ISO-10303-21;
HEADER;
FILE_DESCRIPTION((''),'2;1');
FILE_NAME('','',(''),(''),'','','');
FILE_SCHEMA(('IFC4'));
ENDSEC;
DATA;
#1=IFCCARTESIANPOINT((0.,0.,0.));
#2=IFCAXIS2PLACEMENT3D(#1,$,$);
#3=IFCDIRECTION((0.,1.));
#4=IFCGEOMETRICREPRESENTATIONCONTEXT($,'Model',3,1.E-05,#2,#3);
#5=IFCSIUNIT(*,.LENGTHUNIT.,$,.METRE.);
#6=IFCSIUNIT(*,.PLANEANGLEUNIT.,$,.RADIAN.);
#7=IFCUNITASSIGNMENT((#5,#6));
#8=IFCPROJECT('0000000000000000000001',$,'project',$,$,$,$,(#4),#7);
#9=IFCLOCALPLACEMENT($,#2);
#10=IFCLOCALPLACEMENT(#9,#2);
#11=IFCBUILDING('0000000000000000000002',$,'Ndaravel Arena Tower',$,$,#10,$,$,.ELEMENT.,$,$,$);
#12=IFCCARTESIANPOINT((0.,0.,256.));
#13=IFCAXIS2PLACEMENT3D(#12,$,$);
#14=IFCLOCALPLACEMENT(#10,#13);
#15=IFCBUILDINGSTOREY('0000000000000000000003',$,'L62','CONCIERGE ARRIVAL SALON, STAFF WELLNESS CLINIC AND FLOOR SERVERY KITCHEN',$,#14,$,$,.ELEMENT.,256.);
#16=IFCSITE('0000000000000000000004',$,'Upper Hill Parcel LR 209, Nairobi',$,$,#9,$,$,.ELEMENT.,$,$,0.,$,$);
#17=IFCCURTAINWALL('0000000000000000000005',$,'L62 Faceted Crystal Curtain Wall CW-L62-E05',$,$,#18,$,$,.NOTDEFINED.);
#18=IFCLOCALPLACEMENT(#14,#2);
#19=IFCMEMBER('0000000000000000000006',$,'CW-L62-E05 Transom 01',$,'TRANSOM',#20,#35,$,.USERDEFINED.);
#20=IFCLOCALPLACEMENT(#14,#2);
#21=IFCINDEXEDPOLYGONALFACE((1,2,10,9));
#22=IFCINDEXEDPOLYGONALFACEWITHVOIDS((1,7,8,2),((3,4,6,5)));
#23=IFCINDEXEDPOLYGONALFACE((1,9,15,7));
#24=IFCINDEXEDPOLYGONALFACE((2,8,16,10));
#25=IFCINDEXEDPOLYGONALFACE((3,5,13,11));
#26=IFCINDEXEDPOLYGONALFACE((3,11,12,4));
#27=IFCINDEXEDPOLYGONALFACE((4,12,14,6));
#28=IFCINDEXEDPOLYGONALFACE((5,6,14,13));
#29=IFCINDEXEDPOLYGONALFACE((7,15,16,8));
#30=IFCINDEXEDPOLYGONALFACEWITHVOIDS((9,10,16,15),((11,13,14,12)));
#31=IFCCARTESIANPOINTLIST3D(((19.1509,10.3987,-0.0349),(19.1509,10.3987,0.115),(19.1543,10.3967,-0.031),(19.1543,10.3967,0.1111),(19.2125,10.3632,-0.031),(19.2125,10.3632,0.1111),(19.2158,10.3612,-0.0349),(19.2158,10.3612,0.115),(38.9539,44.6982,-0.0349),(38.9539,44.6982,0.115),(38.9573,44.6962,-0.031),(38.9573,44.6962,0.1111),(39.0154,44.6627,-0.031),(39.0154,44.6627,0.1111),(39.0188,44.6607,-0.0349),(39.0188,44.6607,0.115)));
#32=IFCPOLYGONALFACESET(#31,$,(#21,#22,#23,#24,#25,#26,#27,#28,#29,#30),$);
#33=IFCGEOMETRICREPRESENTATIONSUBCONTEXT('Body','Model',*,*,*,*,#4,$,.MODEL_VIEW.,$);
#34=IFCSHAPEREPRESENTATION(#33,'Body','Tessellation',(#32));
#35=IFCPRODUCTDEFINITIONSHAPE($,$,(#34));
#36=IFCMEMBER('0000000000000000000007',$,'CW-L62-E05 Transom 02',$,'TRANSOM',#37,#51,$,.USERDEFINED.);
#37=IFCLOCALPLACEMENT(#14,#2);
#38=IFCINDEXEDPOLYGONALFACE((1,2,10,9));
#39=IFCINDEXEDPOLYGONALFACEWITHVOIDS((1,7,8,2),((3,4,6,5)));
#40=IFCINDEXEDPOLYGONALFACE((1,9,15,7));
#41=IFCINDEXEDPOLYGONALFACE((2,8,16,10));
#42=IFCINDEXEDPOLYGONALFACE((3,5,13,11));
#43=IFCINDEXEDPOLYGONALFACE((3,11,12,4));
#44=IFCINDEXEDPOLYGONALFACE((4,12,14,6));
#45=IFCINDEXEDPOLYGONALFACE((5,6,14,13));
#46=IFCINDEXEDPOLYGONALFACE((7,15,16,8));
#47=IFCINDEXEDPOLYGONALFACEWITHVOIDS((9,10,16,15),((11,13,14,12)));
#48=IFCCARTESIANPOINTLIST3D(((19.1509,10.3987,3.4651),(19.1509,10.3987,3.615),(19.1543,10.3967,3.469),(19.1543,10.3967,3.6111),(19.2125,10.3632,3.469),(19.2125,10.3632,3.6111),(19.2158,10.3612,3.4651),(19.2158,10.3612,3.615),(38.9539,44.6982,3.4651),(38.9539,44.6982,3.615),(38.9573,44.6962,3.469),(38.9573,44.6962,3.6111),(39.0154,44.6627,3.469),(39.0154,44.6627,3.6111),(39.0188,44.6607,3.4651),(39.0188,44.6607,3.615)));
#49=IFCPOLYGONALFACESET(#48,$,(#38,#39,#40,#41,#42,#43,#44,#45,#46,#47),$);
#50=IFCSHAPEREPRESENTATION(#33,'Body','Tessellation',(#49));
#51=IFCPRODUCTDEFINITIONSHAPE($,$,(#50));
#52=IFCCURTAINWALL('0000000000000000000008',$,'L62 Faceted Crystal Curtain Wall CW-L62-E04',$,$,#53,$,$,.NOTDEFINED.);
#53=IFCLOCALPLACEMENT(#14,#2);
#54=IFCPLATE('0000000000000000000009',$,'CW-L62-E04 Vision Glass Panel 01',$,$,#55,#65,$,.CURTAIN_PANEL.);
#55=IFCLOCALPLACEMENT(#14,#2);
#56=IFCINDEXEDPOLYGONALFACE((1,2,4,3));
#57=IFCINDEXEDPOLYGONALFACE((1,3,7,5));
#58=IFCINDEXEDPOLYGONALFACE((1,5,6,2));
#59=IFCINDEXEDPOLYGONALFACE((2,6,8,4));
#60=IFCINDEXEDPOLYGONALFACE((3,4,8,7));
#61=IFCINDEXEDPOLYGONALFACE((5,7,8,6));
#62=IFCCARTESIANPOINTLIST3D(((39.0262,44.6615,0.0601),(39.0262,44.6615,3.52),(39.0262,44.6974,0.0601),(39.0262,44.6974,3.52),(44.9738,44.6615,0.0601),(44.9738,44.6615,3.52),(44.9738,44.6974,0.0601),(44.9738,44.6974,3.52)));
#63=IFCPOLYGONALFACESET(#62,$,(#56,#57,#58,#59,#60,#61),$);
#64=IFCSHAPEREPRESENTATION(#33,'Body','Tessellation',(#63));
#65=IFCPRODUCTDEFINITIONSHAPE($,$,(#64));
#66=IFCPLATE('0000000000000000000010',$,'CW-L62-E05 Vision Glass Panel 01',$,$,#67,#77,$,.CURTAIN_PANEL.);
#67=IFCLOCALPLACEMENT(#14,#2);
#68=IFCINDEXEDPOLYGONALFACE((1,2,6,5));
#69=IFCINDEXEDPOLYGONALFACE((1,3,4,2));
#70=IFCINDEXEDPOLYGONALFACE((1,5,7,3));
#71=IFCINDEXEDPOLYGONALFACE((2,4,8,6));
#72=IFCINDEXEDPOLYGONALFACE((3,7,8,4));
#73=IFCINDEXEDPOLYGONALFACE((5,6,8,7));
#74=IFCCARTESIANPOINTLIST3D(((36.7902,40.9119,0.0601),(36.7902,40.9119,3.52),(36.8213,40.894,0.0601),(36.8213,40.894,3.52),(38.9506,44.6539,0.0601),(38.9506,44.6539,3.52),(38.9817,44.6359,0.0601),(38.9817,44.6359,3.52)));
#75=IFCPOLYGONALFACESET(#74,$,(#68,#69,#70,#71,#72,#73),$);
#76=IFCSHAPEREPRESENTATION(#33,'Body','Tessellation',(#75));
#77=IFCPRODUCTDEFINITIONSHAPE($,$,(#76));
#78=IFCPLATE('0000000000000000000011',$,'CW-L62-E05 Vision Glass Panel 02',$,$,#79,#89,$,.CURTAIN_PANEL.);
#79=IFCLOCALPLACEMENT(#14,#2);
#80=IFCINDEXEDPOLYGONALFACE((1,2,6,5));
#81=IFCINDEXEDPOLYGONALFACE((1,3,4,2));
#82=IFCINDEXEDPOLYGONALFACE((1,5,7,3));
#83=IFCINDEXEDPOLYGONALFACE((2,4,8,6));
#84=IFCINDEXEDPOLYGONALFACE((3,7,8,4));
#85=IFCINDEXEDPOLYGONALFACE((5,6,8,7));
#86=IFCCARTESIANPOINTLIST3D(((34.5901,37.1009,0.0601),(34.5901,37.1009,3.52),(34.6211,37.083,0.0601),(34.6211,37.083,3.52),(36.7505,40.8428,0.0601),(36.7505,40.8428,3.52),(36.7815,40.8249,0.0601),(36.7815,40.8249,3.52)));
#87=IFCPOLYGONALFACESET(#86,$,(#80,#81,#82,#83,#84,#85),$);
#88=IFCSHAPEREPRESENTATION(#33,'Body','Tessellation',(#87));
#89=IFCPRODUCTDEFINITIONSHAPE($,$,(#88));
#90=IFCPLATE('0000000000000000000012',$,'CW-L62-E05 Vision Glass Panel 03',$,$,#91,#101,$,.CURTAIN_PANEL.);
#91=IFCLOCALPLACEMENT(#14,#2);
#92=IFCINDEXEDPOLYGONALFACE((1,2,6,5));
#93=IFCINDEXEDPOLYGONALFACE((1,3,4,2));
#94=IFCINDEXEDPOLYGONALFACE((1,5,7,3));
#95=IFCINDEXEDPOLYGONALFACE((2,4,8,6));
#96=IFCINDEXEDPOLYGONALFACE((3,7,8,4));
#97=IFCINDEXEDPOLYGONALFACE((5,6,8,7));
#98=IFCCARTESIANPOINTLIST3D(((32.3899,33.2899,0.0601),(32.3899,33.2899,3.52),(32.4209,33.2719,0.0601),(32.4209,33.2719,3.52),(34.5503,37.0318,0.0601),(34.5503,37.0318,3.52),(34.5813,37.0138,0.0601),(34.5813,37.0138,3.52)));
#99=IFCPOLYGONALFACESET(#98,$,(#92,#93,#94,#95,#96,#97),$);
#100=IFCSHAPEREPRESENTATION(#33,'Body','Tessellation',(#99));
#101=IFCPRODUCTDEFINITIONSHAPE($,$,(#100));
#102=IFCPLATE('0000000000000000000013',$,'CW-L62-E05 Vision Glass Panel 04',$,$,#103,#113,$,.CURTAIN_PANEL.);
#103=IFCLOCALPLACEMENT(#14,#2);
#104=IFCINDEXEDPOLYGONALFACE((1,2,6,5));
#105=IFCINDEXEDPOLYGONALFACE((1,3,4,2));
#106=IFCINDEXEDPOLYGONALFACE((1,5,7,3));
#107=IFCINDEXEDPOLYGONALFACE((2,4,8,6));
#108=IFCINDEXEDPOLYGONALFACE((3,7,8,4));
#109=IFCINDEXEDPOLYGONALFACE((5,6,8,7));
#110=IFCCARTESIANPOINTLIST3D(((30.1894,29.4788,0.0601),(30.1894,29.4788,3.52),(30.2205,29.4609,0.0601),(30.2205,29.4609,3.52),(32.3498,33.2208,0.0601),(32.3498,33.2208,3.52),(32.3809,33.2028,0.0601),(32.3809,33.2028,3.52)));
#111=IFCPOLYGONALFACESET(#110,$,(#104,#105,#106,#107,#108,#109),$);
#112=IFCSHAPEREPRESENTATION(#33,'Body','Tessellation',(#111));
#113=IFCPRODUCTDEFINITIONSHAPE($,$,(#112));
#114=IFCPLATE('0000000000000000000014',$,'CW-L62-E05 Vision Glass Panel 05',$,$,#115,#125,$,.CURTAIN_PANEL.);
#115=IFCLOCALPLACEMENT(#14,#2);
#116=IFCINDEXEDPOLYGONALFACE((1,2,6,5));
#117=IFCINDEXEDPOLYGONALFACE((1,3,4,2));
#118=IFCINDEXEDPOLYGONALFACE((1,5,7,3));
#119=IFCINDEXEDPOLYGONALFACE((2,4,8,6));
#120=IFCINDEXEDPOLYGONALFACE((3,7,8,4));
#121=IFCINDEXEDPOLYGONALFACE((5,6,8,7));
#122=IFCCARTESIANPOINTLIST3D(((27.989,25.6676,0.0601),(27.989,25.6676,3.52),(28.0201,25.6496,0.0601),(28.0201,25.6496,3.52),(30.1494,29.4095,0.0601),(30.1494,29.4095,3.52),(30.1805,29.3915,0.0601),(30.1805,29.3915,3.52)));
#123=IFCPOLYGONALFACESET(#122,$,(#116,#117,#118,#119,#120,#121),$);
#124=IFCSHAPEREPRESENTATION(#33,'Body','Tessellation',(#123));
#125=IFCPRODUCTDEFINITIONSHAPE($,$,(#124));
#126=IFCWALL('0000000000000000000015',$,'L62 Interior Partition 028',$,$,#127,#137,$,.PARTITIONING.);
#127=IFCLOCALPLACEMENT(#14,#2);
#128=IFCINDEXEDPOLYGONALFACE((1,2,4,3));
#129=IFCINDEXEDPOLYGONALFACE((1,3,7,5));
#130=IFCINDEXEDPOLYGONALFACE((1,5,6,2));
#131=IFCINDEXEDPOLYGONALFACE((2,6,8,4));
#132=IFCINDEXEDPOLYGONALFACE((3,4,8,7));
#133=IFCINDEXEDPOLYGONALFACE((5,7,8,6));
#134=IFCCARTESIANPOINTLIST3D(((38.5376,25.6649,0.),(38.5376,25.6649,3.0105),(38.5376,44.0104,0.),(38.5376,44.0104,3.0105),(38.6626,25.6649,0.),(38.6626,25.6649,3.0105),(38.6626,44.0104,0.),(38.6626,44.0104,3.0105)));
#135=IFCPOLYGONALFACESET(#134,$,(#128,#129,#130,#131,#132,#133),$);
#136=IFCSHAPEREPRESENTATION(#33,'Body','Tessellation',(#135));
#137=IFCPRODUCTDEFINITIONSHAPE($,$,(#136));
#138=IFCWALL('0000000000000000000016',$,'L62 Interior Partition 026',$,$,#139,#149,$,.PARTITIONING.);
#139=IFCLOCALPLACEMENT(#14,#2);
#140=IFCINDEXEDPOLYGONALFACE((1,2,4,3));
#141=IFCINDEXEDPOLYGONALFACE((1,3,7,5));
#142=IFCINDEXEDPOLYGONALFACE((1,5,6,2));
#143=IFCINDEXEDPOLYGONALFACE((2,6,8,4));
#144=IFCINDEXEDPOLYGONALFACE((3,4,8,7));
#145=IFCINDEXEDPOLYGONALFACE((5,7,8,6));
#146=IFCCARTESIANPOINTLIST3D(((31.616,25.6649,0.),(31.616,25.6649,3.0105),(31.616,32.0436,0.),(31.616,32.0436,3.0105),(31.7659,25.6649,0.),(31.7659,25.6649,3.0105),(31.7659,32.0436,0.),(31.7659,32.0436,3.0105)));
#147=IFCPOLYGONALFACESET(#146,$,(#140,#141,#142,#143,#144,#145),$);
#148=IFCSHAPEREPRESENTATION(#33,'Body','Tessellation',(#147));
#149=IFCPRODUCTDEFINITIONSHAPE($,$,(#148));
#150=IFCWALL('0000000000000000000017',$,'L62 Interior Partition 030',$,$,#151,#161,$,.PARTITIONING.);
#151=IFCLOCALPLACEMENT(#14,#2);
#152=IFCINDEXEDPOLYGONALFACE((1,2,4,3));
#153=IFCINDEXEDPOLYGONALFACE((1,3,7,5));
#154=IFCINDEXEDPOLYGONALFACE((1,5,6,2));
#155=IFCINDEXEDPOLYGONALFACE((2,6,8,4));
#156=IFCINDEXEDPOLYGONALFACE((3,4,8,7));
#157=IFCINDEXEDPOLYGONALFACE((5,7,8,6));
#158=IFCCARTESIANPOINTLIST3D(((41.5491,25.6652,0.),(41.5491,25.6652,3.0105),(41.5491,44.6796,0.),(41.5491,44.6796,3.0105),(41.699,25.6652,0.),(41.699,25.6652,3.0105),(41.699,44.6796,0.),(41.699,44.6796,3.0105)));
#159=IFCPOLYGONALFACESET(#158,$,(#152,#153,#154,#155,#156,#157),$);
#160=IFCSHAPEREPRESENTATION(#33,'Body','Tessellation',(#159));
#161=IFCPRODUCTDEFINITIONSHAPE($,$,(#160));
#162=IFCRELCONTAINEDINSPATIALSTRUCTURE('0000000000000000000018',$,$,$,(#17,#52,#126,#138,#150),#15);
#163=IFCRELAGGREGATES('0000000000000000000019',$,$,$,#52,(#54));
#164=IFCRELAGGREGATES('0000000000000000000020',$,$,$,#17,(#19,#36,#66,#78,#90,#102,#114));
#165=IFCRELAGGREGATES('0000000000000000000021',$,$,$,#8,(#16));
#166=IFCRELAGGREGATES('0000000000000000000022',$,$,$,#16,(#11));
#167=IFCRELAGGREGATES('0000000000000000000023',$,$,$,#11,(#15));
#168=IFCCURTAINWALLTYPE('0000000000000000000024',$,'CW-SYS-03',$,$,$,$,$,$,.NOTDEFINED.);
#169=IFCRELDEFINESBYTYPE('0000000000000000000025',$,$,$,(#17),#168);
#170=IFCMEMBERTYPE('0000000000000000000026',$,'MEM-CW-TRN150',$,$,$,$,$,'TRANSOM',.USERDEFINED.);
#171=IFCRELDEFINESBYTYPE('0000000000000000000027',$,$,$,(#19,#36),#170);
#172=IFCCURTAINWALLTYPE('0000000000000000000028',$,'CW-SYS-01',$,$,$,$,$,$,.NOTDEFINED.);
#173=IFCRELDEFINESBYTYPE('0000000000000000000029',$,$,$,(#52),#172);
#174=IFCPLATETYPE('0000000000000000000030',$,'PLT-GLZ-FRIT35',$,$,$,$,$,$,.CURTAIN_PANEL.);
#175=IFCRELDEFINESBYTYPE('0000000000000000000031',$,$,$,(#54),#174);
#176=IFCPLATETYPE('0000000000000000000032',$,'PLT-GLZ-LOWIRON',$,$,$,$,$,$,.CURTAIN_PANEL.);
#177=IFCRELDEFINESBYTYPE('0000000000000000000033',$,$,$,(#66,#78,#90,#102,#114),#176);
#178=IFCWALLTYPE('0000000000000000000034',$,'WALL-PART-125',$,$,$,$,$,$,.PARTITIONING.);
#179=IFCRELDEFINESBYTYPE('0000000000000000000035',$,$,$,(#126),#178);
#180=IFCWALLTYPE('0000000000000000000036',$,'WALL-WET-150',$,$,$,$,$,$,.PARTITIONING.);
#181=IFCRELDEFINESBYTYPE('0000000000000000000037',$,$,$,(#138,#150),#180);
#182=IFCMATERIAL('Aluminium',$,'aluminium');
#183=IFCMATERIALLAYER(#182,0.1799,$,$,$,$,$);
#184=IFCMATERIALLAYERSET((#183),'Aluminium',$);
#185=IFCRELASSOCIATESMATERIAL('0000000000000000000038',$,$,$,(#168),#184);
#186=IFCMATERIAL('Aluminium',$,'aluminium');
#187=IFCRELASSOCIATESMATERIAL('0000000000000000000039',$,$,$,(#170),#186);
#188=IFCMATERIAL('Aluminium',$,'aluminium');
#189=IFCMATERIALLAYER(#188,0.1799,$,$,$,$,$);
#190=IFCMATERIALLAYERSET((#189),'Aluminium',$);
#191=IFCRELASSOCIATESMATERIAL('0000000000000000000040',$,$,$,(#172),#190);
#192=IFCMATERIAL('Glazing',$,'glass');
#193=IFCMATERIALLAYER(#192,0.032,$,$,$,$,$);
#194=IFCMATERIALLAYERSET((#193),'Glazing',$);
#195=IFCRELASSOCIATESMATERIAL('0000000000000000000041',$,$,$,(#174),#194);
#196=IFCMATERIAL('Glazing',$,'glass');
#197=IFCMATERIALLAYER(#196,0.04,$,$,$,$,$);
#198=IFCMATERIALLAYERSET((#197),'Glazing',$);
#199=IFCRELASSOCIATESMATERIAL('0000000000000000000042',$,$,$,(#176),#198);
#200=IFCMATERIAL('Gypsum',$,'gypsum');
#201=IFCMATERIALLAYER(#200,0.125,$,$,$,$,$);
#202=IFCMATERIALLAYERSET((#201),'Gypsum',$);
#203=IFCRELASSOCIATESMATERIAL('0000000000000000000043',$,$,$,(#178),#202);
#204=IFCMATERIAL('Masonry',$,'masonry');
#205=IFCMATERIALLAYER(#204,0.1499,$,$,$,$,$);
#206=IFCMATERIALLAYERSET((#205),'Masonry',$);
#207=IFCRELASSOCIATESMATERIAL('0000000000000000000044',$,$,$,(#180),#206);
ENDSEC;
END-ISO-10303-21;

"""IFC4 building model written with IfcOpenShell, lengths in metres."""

from ifc_helpers import new_model, si_unit, direction, frame, frame_2d, origin, origin_2d, place, context, subcontext, project, spatial, rectangle, hollow_rectangle, extrude, material, layer, layer_set, material_profile, profile_set, type_object, element, aggregate, save


model = new_model("IFC4")

# Units and contexts
model_context = context("Model", 3, precision=1e-05, world=origin(), true_north=direction((0.0, 1.0)))
body_context = subcontext(model_context, "Body", "Model", "MODEL_VIEW")
ifc_project = project(units=[si_unit("LENGTHUNIT", "METRE"), si_unit("PLANEANGLEUNIT", "RADIAN")], contexts=[model_context])

# Site, building, storey
site_placement = place(None, origin())
site = spatial("IfcSite", under=ifc_project, at=site_placement, Name="Upper Hill Parcel LR 209, Nairobi", CompositionType="ELEMENT", RefElevation=0.0)
building_placement = place(site_placement, origin())
building = spatial("IfcBuilding", under=site, at=building_placement, Name="Ndaravel Arena Tower", CompositionType="ELEMENT")
storey_placement = place(building_placement, frame((0.0, 0.0, 256.0)))
storey = spatial("IfcBuildingStorey", under=building, at=storey_placement, Name="L62", Description="CONCIERGE ARRIVAL SALON, STAFF WELLNESS CLINIC AND FLOOR SERVERY KITCHEN", CompositionType="ELEMENT", Elevation=256.0)

# Curtain wall, members
ifc_material_1 = material(Name="Aluminium", Category="aluminium")
ifc_layer_1 = layer(ifc_material_1, 0.1799)
ifc_layer_set_1 = layer_set([ifc_layer_1], Name="Aluminium")
curtain_wall_type_1 = type_object("IfcCurtainWallType", Name="CW-SYS-03", PredefinedType="NOTDEFINED", material=ifc_layer_set_1)
curtain_wall_1_placement = place(storey_placement, origin())
curtain_wall_1 = element("IfcCurtainWall", 1, at=curtain_wall_1_placement, inside=storey, type_object=curtain_wall_type_1, Name="L62 Faceted Crystal Curtain Wall CW-L62-E05", PredefinedType="NOTDEFINED")
ifc_material_2 = material(Name="Aluminium", Category="aluminium")
ifc_material_profile_1 = material_profile(ifc_material_2, hollow_rectangle(XDim=0.075, YDim=0.1499, WallThickness=0.0039, at=origin_2d()), Name="CW TRANSOM 75x150x4")
ifc_profile_set_1 = profile_set([ifc_material_profile_1], Name="Aluminium")
member_type_1 = type_object("IfcMemberType", Name="MEM-CW-TRN150", ElementType="TRANSOM", PredefinedType="USERDEFINED", material=ifc_profile_set_1)
member_1_placement = place(storey_placement, frame((38.9863, 44.6794, 0.04), z_axis=(-0.500002, -0.866024, 0.0), x_axis=(0.866024, -0.500002, 0.0)))
member_1 = element("IfcMember", 2, at=member_1_placement, type_object=member_type_1, Name="CW-L62-E05 Transom 01", ObjectType="TRANSOM", PredefinedType="USERDEFINED", context=body_context, shape_type="SweptSolid", body=[
    extrude(hollow_rectangle(XDim=0.075, YDim=0.1499, WallThickness=0.0039, at=origin_2d()), origin(), (0.0, 0.0, 1.0), 39.6057),
])
member_2_placement = place(storey_placement, frame((38.9863, 44.6794, 3.54), z_axis=(-0.500002, -0.866024, 0.0), x_axis=(0.866024, -0.500002, 0.0)))
member_2 = element("IfcMember", 3, at=member_2_placement, type_object=member_type_1, Name="CW-L62-E05 Transom 02", ObjectType="TRANSOM", PredefinedType="USERDEFINED", context=body_context, shape_type="SweptSolid", body=[
    extrude(hollow_rectangle(XDim=0.075, YDim=0.1499, WallThickness=0.0039, at=origin_2d()), origin(), (0.0, 0.0, 1.0), 39.6057),
])

# Curtain wall, plate
ifc_material_3 = material(Name="Aluminium", Category="aluminium")
ifc_layer_2 = layer(ifc_material_3, 0.1799)
ifc_layer_set_2 = layer_set([ifc_layer_2], Name="Aluminium")
curtain_wall_type_2 = type_object("IfcCurtainWallType", Name="CW-SYS-01", PredefinedType="NOTDEFINED", material=ifc_layer_set_2)
curtain_wall_2_placement = place(storey_placement, origin())
curtain_wall_2 = element("IfcCurtainWall", 4, at=curtain_wall_2_placement, inside=storey, type_object=curtain_wall_type_2, Name="L62 Faceted Crystal Curtain Wall CW-L62-E04", PredefinedType="NOTDEFINED")
ifc_material_4 = material(Name="Glazing", Category="glass")
ifc_layer_3 = layer(ifc_material_4, 0.032)
ifc_layer_set_3 = layer_set([ifc_layer_3], Name="Glazing")
plate_type_1 = type_object("IfcPlateType", Name="PLT-GLZ-FRIT35", PredefinedType="CURTAIN_PANEL", material=ifc_layer_set_3)
plate_1_placement = place(storey_placement, frame((42.0, 44.6794, 0.0601), z_axis=(0.0, 0.0, 1.0), x_axis=(-1.0, 0.0, 0.0)))
plate_1 = element("IfcPlate", 5, at=plate_1_placement, type_object=plate_type_1, Name="CW-L62-E04 Vision Glass Panel 01", PredefinedType="CURTAIN_PANEL", context=body_context, shape_type="SweptSolid", body=[
    extrude(rectangle(XDim=5.9475, YDim=0.0359, at=origin_2d()), origin(), (0.0, 0.0, 1.0), 3.46),
])
aggregate(curtain_wall_2, [plate_1])

# Plates
ifc_material_5 = material(Name="Glazing", Category="glass")
ifc_layer_4 = layer(ifc_material_5, 0.04)
ifc_layer_set_4 = layer_set([ifc_layer_4], Name="Glazing")
plate_type_2 = type_object("IfcPlateType", Name="PLT-GLZ-LOWIRON", PredefinedType="CURTAIN_PANEL", material=ifc_layer_set_4)
plate_2_placement = place(storey_placement, frame((37.886, 42.7739, 0.0601), z_axis=(0.0, 0.0, 1.0), x_axis=(-0.5, -0.866025, 0.0)))
plate_2 = element("IfcPlate", 6, at=plate_2_placement, type_object=plate_type_2, Name="CW-L62-E05 Vision Glass Panel 01", PredefinedType="CURTAIN_PANEL", context=body_context, shape_type="SweptSolid", body=[
    extrude(rectangle(XDim=4.3208, YDim=0.0359, at=origin_2d()), origin(), (0.0, 0.0, 1.0), 3.46),
])
plate_3_placement = place(storey_placement, frame((35.6858, 38.9629, 0.0601), z_axis=(0.0, 0.0, 1.0), x_axis=(-0.5, -0.866025, 0.0)))
plate_3 = element("IfcPlate", 7, at=plate_3_placement, type_object=plate_type_2, Name="CW-L62-E05 Vision Glass Panel 02", PredefinedType="CURTAIN_PANEL", context=body_context, shape_type="SweptSolid", body=[
    extrude(rectangle(XDim=4.3208, YDim=0.0359, at=origin_2d()), origin(), (0.0, 0.0, 1.0), 3.46),
])
plate_4_placement = place(storey_placement, frame((33.4856, 35.1519, 0.0601), z_axis=(0.0, 0.0, 1.0), x_axis=(-0.5, -0.866025, 0.0)))
plate_4 = element("IfcPlate", 8, at=plate_4_placement, type_object=plate_type_2, Name="CW-L62-E05 Vision Glass Panel 03", PredefinedType="CURTAIN_PANEL", context=body_context, shape_type="SweptSolid", body=[
    extrude(rectangle(XDim=4.3208, YDim=0.0359, at=origin_2d()), origin(), (0.0, 0.0, 1.0), 3.46),
])
plate_5_placement = place(storey_placement, frame((31.2852, 31.3408, 0.0601), z_axis=(0.0, 0.0, 1.0), x_axis=(-0.5, -0.866025, 0.0)))
plate_5 = element("IfcPlate", 9, at=plate_5_placement, type_object=plate_type_2, Name="CW-L62-E05 Vision Glass Panel 04", PredefinedType="CURTAIN_PANEL", context=body_context, shape_type="SweptSolid", body=[
    extrude(rectangle(XDim=4.3208, YDim=0.0359, at=origin_2d()), origin(), (0.0, 0.0, 1.0), 3.46),
])
plate_6_placement = place(storey_placement, frame((29.0847, 27.5295, 0.0601), z_axis=(0.0, 0.0, 1.0), x_axis=(-0.5, -0.866025, 0.0)))
plate_6 = element("IfcPlate", 10, at=plate_6_placement, type_object=plate_type_2, Name="CW-L62-E05 Vision Glass Panel 05", PredefinedType="CURTAIN_PANEL", context=body_context, shape_type="SweptSolid", body=[
    extrude(rectangle(XDim=4.3208, YDim=0.0359, at=origin_2d()), origin(), (0.0, 0.0, 1.0), 3.46),
])
aggregate(curtain_wall_1, [member_1, member_2, plate_2, plate_3, plate_4, plate_5, plate_6])

# Walls
ifc_material_6 = material(Name="Gypsum", Category="gypsum")
ifc_layer_5 = layer(ifc_material_6, 0.125)
ifc_layer_set_5 = layer_set([ifc_layer_5], Name="Gypsum")
wall_type_1 = type_object("IfcWallType", Name="WALL-PART-125", PredefinedType="PARTITIONING", material=ifc_layer_set_5)
wall_1_placement = place(storey_placement, frame((38.6001, 44.0105, 0.0), z_axis=(0.0, 0.0, 1.0), x_axis=(0.0, -1.0, 0.0)))
element("IfcWall", 11, at=wall_1_placement, inside=storey, type_object=wall_type_1, Name="L62 Interior Partition 028", PredefinedType="PARTITIONING", context=body_context, shape_type="SweptSolid", body=[
    extrude(rectangle(XDim=18.3455, YDim=0.125, at=frame_2d((9.1729, 0.0))), origin(), (0.0, 0.0, 1.0), 3.0105),
])
ifc_material_7 = material(Name="Masonry", Category="masonry")
ifc_layer_6 = layer(ifc_material_7, 0.1499)
ifc_layer_set_6 = layer_set([ifc_layer_6], Name="Masonry")
wall_type_2 = type_object("IfcWallType", Name="WALL-WET-150", PredefinedType="PARTITIONING", material=ifc_layer_set_6)
wall_2_placement = place(storey_placement, frame((31.6909, 32.0437, 0.0), z_axis=(0.0, 0.0, 1.0), x_axis=(0.0, -1.0, 0.0)))
element("IfcWall", 12, at=wall_2_placement, inside=storey, type_object=wall_type_2, Name="L62 Interior Partition 026", PredefinedType="PARTITIONING", context=body_context, shape_type="SweptSolid", body=[
    extrude(rectangle(XDim=6.3787, YDim=0.1499, at=frame_2d((3.1895, 0.0))), origin(), (0.0, 0.0, 1.0), 3.0105),
])
wall_3_placement = place(storey_placement, frame((41.624, 25.665, 0.0), z_axis=(0.0, 0.0, 1.0), x_axis=(0.0, 1.0, 0.0)))
element("IfcWall", 13, at=wall_3_placement, inside=storey, type_object=wall_type_2, Name="L62 Interior Partition 030", PredefinedType="PARTITIONING", context=body_context, shape_type="SweptSolid", body=[
    extrude(rectangle(XDim=19.0144, YDim=0.1499, at=frame_2d((9.5073, 0.0))), origin(), (0.0, 0.0, 1.0), 3.0105),
])

save(model, "model.ifc")
